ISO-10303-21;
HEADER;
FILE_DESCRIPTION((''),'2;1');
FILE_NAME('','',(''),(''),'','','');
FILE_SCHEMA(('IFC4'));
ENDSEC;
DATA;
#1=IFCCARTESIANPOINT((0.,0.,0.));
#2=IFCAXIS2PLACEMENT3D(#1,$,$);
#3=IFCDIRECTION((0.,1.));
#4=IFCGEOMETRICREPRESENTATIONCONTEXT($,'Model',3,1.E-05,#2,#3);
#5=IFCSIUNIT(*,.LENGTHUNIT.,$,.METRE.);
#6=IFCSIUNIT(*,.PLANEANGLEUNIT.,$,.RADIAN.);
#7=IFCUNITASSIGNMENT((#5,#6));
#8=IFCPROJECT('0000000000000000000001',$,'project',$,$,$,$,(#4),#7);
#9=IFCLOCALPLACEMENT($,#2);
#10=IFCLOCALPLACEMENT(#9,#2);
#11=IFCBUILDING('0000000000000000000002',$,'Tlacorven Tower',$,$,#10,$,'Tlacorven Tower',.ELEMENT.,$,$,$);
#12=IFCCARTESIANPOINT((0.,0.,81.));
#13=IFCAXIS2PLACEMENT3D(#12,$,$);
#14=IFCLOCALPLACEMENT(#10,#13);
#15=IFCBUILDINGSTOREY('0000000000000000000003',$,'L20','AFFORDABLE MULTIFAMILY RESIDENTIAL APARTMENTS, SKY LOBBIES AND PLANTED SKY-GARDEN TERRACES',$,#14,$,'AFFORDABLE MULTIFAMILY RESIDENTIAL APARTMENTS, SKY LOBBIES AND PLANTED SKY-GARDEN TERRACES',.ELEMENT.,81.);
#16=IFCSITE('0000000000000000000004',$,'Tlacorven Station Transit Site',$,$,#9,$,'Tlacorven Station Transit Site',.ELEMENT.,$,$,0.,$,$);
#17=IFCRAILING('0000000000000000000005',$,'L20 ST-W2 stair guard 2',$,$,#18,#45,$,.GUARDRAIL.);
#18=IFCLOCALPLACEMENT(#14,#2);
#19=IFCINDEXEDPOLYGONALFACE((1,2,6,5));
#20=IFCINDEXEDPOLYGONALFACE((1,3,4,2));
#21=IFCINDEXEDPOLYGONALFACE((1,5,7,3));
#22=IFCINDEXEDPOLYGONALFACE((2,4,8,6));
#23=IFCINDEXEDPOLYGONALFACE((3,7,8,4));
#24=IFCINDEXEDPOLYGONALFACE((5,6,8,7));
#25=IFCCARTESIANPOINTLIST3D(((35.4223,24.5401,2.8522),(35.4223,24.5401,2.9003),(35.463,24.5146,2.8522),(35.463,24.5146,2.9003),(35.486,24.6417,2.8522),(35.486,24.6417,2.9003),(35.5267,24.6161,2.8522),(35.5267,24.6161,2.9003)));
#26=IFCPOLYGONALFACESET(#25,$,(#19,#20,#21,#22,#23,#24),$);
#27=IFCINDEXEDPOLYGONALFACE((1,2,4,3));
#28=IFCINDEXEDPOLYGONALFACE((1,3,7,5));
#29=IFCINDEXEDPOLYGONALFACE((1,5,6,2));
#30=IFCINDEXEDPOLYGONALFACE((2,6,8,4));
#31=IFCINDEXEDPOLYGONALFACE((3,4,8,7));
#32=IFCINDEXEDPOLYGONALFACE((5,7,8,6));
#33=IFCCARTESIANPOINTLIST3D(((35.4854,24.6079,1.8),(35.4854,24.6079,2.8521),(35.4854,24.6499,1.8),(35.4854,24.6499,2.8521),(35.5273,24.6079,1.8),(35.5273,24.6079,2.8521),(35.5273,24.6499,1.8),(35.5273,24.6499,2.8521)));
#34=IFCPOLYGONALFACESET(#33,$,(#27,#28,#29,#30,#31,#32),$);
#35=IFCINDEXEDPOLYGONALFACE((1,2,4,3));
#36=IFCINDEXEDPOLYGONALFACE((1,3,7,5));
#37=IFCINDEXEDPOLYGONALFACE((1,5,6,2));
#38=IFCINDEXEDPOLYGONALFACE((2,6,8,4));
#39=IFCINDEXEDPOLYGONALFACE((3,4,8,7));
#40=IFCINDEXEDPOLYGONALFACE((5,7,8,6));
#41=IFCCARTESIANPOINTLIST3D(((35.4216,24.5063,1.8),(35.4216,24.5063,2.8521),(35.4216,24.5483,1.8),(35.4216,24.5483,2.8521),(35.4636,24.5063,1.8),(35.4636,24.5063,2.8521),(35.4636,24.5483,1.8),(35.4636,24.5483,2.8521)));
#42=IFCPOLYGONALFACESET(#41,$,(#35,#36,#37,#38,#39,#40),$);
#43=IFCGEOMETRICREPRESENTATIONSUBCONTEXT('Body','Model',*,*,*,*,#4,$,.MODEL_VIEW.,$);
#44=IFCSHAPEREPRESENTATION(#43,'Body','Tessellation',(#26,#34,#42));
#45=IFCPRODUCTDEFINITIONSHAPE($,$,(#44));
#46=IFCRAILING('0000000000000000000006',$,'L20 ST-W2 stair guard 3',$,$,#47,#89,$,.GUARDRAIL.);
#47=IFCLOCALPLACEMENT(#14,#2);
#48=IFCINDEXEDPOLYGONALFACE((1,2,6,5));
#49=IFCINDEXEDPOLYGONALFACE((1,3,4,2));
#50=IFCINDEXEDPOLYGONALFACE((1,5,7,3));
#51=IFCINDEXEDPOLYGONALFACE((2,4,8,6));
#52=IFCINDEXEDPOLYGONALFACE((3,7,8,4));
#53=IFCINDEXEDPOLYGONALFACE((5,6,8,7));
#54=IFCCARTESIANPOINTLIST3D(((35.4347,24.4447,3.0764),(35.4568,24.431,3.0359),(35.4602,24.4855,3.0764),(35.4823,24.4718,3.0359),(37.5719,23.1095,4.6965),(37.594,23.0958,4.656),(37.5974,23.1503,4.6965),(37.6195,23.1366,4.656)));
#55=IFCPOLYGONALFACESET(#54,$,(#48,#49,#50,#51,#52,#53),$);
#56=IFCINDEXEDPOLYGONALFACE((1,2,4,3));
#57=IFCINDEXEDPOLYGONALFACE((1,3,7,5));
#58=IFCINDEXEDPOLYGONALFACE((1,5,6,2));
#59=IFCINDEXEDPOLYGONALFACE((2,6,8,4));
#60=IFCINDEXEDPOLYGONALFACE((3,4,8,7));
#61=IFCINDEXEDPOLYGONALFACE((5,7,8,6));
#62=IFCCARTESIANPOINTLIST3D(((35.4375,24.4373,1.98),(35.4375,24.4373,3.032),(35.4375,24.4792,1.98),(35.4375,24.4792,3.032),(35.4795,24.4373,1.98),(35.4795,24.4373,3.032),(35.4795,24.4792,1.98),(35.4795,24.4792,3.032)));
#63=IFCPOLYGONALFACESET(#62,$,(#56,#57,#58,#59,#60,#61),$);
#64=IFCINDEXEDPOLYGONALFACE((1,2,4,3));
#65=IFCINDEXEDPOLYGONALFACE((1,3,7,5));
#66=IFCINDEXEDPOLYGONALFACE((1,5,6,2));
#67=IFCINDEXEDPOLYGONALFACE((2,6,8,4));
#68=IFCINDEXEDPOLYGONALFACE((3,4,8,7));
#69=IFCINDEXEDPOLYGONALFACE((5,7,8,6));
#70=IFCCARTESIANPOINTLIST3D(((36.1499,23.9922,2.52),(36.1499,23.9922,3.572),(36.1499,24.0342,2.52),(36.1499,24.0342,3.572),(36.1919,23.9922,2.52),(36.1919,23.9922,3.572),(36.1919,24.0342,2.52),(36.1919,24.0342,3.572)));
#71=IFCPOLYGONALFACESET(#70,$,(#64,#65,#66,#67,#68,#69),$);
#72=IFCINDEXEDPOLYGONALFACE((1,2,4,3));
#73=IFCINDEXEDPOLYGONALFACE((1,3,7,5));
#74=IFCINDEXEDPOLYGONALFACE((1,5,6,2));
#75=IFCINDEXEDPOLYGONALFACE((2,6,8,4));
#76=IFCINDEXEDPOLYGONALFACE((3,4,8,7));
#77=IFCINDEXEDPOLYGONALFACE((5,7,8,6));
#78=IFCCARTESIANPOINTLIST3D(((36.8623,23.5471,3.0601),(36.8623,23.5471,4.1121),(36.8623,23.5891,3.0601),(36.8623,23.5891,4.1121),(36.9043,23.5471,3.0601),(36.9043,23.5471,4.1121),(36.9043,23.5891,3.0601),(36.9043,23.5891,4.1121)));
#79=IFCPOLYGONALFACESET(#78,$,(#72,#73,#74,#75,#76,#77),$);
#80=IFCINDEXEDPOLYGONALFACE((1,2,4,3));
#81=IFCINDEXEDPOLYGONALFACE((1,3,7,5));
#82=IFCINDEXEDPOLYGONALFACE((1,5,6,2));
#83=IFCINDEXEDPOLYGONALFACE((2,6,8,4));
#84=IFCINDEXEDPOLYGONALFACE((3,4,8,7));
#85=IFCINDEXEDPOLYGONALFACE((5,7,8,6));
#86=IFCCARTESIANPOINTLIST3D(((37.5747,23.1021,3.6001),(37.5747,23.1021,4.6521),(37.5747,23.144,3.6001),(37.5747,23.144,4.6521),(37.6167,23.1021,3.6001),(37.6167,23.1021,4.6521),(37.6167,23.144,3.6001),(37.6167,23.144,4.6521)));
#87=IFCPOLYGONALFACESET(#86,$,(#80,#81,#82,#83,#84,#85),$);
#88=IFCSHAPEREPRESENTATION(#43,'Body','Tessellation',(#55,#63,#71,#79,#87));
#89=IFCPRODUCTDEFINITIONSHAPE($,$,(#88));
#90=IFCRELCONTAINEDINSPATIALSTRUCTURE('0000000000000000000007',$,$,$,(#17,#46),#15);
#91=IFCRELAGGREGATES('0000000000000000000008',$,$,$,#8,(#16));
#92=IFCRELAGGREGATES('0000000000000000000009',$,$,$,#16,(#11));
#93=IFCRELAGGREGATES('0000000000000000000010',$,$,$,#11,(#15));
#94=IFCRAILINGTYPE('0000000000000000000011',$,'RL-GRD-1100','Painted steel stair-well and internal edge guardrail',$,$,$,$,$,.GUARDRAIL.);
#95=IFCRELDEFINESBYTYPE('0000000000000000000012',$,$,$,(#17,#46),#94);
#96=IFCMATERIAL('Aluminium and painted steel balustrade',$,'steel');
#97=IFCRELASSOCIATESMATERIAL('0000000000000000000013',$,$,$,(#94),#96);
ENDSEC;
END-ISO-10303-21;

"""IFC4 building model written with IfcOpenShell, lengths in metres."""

from ifc_helpers import new_model, si_unit, direction, frame, origin, origin_2d, place, context, subcontext, project, spatial, rectangle, extrude, source, transform, mapped, material, type_object, element, save


model = new_model("IFC4")

# Units and contexts
model_context = context("Model", 3, precision=1e-05, world=origin(), true_north=direction((0.0, 1.0)))
body_context = subcontext(model_context, "Body", "Model", "MODEL_VIEW")
ifc_project = project(units=[si_unit("LENGTHUNIT", "METRE"), si_unit("PLANEANGLEUNIT", "RADIAN")], contexts=[model_context])

# Site, building, storey
site_placement = place(None, origin())
site = spatial("IfcSite", under=ifc_project, at=site_placement, Name="Tlacorven Station Transit Site", LongName="Tlacorven Station Transit Site", CompositionType="ELEMENT", RefElevation=0.0)
building_placement = place(site_placement, origin())
building = spatial("IfcBuilding", under=site, at=building_placement, Name="Tlacorven Tower", LongName="Tlacorven Tower", CompositionType="ELEMENT")
storey_placement = place(building_placement, frame((0.0, 0.0, 81.0)))
storey = spatial("IfcBuildingStorey", under=building, at=storey_placement, Name="L20", Description="AFFORDABLE MULTIFAMILY RESIDENTIAL APARTMENTS, SKY LOBBIES AND PLANTED SKY-GARDEN TERRACES", LongName="AFFORDABLE MULTIFAMILY RESIDENTIAL APARTMENTS, SKY LOBBIES AND PLANTED SKY-GARDEN TERRACES", CompositionType="ELEMENT", Elevation=81.0)

# Railings
ifc_material_1 = material(Name="Aluminium and painted steel balustrade", Category="steel")
railing_type_1 = type_object("IfcRailingType", Name="RL-GRD-1100", Description="Painted steel stair-well and internal edge guardrail", PredefinedType="GUARDRAIL", material=ifc_material_1)
shared_shape_1 = source(origin(), body_context, "Body", "SweptSolid", [
    extrude(rectangle(XDim=0.0481, YDim=0.0481, at=origin_2d()), frame((0.0, 0.0, 1.0762), z_axis=(-0.531462, -0.847082, 0.0), x_axis=(0.847082, -0.531462, 0.0)), (0.0, 0.0, 1.0), 0.1199),
    extrude(rectangle(XDim=0.042, YDim=0.042, at=origin_2d()), origin(), (0.0, 0.0, 1.0), 1.052),
    extrude(rectangle(XDim=0.042, YDim=0.042, at=origin_2d()), frame((-0.0637, -0.1016, 0.0)), (0.0, 0.0, 1.0), 1.052),
])
railing_1_placement = place(storey_placement, frame((35.5063, 24.6289, 1.8)))
element("IfcRailing", 1, at=railing_1_placement, inside=storey, type_object=railing_type_1, Name="L20 ST-W2 stair guard 2", PredefinedType="GUARDRAIL", context=body_context, shape_type="MappedRepresentation", body=[
    mapped(shared_shape_1, transform((0.0, 0.0, 0.0), scale=1.0)),
])
shared_shape_2 = source(origin(), body_context, "Body", "SweptSolid", [
    extrude(rectangle(XDim=0.0481, YDim=0.0481, at=origin_2d()), frame((0.0, 0.0, 1.0762), z_axis=(0.713386, -0.445683, 0.540784), x_axis=(0.529842, 0.848096, 0.0)), (0.0, 0.0, 1.0), 2.9958),
    extrude(rectangle(XDim=0.042, YDim=0.042, at=origin_2d()), origin(), (0.0, 0.0, 1.0), 1.052),
    extrude(rectangle(XDim=0.042, YDim=0.042, at=origin_2d()), frame((0.7124, -0.4451, 0.54)), (0.0, 0.0, 1.0), 1.052),
    extrude(rectangle(XDim=0.042, YDim=0.042, at=origin_2d()), frame((1.4248, -0.8901, 1.0801)), (0.0, 0.0, 1.0), 1.052),
    extrude(rectangle(XDim=0.042, YDim=0.042, at=origin_2d()), frame((2.1372, -1.3352, 1.6201)), (0.0, 0.0, 1.0), 1.052),
])
railing_2_placement = place(storey_placement, frame((35.4585, 24.4583, 1.98)))
element("IfcRailing", 2, at=railing_2_placement, inside=storey, type_object=railing_type_1, Name="L20 ST-W2 stair guard 3", PredefinedType="GUARDRAIL", context=body_context, shape_type="MappedRepresentation", body=[
    mapped(shared_shape_2, transform((0.0, 0.0, 0.0), scale=1.0)),
])

save(model, "model.ifc")
